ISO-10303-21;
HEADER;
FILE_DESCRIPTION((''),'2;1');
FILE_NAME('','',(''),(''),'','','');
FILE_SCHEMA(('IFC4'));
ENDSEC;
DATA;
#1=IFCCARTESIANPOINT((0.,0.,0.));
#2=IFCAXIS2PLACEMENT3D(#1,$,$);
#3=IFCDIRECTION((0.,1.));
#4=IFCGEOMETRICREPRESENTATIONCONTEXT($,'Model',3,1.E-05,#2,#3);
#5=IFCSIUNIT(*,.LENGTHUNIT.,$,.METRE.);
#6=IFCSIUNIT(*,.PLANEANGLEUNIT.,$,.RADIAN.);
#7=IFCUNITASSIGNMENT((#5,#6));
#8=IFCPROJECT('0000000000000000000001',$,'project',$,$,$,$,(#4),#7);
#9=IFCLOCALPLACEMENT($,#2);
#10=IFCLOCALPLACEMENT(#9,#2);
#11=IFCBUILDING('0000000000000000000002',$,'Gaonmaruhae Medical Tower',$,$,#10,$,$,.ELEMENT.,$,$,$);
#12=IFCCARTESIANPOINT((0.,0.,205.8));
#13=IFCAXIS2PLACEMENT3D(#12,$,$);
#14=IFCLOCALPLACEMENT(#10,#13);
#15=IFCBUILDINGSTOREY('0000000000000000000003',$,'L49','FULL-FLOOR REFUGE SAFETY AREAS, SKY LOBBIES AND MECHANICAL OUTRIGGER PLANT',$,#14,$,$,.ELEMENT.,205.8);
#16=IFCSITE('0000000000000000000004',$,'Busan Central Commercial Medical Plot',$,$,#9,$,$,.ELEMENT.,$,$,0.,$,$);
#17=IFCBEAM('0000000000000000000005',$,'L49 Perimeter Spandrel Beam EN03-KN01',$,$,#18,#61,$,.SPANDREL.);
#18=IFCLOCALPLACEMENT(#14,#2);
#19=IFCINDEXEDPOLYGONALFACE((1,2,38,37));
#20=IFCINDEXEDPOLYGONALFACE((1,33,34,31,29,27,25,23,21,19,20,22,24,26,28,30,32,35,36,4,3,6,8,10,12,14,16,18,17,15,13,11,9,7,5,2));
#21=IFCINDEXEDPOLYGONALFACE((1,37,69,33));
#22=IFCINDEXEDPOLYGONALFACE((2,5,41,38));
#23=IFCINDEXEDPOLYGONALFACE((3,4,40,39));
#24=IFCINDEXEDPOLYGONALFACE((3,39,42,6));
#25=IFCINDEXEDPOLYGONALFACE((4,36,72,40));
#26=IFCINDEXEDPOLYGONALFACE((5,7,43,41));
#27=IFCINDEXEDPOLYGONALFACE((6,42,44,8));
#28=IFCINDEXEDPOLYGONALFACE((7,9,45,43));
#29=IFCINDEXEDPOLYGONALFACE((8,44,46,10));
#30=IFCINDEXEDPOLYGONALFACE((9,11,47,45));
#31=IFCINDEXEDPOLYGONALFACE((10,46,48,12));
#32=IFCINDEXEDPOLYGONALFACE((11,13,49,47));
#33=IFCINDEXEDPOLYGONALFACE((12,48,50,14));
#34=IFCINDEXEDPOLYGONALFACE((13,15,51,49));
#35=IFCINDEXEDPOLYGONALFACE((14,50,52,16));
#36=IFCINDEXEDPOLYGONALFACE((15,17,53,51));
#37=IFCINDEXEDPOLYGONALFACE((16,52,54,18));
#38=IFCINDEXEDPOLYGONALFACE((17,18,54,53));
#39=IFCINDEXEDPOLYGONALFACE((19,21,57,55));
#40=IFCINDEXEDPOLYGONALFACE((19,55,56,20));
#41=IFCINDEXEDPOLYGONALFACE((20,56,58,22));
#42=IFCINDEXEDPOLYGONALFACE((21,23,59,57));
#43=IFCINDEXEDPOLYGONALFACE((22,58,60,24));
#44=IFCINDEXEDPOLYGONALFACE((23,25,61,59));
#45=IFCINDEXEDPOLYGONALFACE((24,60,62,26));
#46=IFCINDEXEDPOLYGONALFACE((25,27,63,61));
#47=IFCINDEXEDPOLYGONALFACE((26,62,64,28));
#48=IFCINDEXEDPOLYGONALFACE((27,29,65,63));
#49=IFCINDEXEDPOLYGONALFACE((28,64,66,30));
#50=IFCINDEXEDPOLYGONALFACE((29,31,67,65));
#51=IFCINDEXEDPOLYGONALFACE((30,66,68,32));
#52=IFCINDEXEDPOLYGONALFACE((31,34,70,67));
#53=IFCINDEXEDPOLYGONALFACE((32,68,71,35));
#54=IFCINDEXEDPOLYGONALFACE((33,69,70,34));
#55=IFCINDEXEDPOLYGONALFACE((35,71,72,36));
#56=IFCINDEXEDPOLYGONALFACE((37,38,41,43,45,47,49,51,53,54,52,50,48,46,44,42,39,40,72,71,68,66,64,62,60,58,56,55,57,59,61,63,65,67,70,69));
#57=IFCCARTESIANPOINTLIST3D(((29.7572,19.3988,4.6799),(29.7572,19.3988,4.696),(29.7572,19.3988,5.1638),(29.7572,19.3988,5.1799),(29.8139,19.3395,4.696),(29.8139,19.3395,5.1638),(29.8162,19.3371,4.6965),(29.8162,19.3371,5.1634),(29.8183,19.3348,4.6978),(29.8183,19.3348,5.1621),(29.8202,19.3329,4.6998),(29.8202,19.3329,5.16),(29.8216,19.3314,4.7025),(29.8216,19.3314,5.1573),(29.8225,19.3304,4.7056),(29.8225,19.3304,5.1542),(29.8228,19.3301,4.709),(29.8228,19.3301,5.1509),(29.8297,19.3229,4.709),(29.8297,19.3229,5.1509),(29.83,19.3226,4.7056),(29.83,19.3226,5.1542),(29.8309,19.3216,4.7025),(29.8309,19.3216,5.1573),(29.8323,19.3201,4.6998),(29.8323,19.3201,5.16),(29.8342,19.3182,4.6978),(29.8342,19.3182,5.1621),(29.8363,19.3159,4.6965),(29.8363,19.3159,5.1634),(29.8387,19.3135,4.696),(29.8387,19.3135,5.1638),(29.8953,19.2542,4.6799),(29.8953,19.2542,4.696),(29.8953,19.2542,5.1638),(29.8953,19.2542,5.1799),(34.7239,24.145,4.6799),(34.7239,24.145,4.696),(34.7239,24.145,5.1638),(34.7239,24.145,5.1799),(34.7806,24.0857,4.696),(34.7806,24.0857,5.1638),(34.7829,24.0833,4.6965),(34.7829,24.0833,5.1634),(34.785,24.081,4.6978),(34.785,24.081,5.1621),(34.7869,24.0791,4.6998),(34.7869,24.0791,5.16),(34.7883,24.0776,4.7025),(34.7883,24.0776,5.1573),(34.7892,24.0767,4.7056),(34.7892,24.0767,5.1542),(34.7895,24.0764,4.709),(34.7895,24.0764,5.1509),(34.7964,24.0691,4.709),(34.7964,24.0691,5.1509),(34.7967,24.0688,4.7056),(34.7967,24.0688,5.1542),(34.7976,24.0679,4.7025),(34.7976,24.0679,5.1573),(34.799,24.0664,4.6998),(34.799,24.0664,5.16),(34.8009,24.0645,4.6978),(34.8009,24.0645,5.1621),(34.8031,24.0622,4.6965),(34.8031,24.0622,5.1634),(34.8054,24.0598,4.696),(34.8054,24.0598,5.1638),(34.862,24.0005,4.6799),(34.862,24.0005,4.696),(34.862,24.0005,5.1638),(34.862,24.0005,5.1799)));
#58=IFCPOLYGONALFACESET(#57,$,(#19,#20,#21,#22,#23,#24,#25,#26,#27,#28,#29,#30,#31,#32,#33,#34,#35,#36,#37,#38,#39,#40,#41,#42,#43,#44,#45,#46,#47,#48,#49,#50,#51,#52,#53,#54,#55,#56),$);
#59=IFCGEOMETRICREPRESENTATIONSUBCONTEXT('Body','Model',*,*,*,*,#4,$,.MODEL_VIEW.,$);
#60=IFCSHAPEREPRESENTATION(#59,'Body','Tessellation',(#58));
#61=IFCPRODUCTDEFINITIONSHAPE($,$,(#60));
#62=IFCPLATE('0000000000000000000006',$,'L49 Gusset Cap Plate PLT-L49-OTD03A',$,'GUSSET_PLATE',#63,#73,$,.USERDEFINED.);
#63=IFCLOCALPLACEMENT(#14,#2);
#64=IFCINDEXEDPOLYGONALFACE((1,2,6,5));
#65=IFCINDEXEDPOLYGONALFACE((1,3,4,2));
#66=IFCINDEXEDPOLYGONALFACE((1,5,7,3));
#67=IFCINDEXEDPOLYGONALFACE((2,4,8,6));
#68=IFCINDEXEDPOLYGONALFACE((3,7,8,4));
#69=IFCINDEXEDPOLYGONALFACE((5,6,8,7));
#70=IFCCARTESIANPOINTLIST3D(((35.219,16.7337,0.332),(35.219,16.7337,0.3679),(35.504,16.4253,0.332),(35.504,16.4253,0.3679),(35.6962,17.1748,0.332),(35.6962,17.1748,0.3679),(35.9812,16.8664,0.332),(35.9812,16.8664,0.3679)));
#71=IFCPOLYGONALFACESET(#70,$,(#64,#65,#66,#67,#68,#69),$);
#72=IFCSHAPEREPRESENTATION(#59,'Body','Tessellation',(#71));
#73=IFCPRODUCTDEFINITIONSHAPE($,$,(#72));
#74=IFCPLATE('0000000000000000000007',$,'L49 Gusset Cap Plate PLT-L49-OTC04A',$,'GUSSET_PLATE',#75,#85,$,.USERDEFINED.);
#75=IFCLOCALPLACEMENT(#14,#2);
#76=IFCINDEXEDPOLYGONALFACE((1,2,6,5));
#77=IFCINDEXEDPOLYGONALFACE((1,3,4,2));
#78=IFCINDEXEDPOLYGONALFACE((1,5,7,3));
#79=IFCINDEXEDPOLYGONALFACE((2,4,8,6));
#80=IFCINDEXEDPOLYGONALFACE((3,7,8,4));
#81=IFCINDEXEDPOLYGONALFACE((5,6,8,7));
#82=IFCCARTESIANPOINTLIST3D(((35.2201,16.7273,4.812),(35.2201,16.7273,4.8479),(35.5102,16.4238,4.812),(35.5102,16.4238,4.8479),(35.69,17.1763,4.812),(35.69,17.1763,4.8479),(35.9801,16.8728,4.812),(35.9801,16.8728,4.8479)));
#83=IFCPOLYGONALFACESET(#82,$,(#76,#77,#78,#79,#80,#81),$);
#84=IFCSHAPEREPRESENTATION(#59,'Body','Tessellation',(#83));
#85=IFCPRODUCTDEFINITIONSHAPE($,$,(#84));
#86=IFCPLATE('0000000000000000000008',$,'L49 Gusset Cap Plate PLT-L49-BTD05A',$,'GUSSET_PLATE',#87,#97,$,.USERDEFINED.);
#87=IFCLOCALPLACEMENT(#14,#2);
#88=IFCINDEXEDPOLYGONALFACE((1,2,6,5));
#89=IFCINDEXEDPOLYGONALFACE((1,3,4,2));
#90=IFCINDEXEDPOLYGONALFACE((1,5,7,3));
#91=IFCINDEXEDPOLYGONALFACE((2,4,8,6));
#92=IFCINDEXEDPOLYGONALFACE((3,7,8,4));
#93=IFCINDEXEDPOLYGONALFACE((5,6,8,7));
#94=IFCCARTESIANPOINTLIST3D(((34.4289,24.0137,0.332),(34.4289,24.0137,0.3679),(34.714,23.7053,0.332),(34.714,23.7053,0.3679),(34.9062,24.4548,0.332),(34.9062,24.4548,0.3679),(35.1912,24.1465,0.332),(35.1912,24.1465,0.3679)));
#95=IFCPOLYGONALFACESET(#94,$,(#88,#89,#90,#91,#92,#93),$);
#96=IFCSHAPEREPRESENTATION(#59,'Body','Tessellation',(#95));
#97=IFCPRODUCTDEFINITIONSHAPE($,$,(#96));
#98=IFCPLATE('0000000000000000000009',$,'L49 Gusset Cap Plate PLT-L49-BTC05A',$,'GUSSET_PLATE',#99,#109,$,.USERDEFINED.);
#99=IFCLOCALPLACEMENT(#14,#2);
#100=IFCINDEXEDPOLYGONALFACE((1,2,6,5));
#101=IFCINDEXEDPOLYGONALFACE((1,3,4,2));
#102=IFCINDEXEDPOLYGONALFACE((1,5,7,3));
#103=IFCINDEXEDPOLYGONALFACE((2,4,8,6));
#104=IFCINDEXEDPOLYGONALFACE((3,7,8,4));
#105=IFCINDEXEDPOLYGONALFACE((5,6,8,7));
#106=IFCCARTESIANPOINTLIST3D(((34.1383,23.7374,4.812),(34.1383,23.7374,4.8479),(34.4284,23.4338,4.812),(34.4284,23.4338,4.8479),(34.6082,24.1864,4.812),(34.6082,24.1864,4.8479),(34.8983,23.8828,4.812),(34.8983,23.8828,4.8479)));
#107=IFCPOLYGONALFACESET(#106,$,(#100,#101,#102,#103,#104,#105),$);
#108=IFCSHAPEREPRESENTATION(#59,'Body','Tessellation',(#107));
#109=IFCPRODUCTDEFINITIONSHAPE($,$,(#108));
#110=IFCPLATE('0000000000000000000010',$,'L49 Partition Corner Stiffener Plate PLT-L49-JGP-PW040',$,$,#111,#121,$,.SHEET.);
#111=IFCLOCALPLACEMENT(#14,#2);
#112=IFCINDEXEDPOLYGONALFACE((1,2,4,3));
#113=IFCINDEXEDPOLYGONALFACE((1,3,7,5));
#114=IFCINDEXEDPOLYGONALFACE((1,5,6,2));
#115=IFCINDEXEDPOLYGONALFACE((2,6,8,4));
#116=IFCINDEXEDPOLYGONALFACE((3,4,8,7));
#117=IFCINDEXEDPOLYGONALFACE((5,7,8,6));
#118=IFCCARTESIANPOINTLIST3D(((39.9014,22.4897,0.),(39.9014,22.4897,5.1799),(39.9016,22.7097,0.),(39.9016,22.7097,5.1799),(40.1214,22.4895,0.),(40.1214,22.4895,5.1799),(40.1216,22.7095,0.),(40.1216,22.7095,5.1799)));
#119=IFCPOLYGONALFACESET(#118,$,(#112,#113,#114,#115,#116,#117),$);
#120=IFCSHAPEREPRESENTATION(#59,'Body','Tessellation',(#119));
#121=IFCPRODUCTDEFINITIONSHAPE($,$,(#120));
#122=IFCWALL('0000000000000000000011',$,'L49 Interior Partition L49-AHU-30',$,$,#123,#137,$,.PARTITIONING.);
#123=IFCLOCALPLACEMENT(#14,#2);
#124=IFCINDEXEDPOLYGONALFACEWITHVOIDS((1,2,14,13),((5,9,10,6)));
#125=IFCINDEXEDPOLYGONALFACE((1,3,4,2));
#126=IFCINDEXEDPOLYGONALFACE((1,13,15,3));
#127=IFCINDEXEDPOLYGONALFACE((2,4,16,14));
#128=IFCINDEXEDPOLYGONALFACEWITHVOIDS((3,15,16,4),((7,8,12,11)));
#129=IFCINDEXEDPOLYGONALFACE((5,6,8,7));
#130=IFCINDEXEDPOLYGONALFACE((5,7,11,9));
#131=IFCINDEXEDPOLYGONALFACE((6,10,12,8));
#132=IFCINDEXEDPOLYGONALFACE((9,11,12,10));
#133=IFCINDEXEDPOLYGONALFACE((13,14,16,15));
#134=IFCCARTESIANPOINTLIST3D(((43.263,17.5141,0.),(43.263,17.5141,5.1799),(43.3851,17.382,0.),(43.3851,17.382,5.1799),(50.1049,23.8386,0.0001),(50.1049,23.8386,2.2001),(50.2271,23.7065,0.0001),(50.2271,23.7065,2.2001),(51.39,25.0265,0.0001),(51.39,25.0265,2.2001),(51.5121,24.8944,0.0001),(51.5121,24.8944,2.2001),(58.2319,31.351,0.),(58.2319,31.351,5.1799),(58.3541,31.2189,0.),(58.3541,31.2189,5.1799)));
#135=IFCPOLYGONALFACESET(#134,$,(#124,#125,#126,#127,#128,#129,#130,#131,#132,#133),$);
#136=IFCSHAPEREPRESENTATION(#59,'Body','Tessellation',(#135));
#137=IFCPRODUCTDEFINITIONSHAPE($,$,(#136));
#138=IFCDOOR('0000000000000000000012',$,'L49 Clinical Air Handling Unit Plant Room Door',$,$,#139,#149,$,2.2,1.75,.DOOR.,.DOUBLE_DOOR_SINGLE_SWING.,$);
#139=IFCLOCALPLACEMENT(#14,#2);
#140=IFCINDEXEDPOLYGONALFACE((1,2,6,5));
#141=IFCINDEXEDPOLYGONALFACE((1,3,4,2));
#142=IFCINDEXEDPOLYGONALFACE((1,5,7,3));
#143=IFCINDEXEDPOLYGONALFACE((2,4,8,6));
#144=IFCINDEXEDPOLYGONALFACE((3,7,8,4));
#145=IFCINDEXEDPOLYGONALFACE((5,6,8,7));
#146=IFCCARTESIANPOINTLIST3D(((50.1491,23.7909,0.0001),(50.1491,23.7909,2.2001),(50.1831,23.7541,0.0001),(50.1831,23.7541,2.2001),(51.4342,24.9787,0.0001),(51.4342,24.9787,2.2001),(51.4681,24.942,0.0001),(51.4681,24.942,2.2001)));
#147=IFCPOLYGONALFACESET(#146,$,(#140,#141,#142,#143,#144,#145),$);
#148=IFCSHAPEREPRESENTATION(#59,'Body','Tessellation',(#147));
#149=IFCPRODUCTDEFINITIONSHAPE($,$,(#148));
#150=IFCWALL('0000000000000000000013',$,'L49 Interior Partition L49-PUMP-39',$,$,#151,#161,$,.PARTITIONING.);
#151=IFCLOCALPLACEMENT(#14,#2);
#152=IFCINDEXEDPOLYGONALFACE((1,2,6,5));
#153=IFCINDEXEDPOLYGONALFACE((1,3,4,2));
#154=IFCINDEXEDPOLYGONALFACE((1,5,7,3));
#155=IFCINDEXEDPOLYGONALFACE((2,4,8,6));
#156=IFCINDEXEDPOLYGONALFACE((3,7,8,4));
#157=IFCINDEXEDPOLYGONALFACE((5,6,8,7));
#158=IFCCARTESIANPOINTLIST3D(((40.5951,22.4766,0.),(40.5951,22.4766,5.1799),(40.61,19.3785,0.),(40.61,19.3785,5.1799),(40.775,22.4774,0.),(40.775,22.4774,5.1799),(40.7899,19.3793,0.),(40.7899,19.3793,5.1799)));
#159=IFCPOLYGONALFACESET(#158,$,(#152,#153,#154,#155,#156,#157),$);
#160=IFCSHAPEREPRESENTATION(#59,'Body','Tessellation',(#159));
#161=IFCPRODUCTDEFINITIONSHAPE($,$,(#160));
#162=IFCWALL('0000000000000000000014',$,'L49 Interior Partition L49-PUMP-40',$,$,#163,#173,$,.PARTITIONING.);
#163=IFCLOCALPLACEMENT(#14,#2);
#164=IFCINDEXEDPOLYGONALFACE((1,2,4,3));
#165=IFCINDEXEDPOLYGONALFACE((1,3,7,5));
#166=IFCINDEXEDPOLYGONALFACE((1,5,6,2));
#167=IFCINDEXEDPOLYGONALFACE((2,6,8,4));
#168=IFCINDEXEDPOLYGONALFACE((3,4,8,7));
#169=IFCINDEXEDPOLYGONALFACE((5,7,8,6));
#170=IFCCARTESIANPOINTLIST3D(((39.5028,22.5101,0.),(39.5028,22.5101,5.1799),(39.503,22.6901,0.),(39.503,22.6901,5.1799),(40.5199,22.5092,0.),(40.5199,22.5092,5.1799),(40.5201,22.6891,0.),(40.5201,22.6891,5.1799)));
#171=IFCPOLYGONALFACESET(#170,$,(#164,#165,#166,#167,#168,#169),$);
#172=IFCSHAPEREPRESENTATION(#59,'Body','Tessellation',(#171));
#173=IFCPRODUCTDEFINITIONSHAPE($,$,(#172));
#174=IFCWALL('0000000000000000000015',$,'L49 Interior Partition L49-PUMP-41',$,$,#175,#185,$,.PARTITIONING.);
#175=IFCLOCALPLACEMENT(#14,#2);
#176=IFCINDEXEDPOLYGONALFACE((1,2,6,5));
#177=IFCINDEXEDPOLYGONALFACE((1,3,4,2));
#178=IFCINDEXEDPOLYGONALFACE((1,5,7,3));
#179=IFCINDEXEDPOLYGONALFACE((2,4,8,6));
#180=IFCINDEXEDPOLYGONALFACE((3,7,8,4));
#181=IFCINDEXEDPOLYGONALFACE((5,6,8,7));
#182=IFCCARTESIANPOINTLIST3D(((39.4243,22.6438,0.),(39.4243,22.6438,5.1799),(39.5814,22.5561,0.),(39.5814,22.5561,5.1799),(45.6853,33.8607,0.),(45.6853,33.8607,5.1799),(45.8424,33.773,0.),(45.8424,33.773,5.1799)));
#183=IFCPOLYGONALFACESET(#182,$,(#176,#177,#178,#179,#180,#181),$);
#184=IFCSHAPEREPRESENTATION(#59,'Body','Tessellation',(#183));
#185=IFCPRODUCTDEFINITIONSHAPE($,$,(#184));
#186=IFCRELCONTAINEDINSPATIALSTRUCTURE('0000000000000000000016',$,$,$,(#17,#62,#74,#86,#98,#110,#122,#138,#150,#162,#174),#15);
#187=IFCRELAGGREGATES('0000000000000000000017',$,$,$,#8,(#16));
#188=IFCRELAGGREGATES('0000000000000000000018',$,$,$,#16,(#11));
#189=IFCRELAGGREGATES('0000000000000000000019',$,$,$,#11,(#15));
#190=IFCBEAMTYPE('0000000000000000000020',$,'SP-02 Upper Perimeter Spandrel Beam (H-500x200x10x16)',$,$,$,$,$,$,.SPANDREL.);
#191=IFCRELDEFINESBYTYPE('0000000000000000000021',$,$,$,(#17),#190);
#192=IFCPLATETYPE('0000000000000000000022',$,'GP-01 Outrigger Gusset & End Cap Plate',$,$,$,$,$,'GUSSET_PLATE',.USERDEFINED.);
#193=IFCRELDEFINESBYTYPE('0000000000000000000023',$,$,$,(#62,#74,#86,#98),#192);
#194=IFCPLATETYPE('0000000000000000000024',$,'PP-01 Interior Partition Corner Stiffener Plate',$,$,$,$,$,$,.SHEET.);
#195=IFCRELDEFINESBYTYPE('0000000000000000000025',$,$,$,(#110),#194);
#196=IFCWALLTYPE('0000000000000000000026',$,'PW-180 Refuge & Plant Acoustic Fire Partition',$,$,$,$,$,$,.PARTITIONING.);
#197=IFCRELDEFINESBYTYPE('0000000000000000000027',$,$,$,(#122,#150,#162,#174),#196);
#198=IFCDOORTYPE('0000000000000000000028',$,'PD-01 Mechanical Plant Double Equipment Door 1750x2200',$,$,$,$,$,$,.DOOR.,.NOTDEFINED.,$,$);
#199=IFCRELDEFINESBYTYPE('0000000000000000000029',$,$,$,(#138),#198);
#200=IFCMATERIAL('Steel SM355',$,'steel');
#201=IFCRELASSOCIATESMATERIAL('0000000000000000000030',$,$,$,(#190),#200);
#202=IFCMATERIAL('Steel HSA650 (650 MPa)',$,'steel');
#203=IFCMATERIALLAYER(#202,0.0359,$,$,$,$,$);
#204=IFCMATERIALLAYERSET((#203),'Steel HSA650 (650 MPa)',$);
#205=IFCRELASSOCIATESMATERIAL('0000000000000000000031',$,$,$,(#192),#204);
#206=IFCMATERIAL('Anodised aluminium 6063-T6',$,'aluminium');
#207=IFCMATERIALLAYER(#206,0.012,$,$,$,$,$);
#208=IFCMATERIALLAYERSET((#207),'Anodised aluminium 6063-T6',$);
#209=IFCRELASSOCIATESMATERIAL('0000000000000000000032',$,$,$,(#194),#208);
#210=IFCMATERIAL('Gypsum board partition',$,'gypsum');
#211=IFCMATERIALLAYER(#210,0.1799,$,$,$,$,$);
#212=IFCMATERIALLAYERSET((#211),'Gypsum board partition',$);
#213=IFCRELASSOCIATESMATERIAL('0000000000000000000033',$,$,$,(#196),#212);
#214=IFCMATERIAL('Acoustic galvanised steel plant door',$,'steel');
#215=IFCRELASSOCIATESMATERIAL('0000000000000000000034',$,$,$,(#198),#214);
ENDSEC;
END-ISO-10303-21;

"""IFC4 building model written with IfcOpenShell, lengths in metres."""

from ifc_helpers import new_model, si_unit, direction, frame, frame_2d, origin, origin_2d, place, context, subcontext, project, spatial, rectangle, i_section, extrude, material, layer, layer_set, material_profile, profile_set, type_object, element, fill, save


model = new_model("IFC4")

# Units and contexts
model_context = context("Model", 3, precision=1e-05, world=origin(), true_north=direction((0.0, 1.0)))
body_context = subcontext(model_context, "Body", "Model", "MODEL_VIEW")
ifc_project = project(units=[si_unit("LENGTHUNIT", "METRE"), si_unit("PLANEANGLEUNIT", "RADIAN")], contexts=[model_context])

# Site, building, storey
site_placement = place(None, origin())
site = spatial("IfcSite", under=ifc_project, at=site_placement, Name="Busan Central Commercial Medical Plot", CompositionType="ELEMENT", RefElevation=0.0)
building_placement = place(site_placement, origin())
building = spatial("IfcBuilding", under=site, at=building_placement, Name="Gaonmaruhae Medical Tower", CompositionType="ELEMENT")
storey_placement = place(building_placement, frame((0.0, 0.0, 205.8)))
storey = spatial("IfcBuildingStorey", under=building, at=storey_placement, Name="L49", Description="FULL-FLOOR REFUGE SAFETY AREAS, SKY LOBBIES AND MECHANICAL OUTRIGGER PLANT", CompositionType="ELEMENT", Elevation=205.8)

# Shared definitions
ifc_material_1 = material(Name="Steel HSA650 (650 MPa)", Category="steel")

# Beam
ifc_material_2 = material(Name="Steel SM355", Category="steel")
ifc_material_profile_1 = material_profile(ifc_material_2, i_section(OverallWidth=0.2, OverallDepth=0.5, WebThickness=0.01, FlangeThickness=0.0161, FilletRadius=0.0129, at=origin_2d()), Name="H-500x200x10x16")
ifc_profile_set_1 = profile_set([ifc_material_profile_1], Name="Steel SM355")
beam_type_1 = type_object("IfcBeamType", Name="SP-02 Upper Perimeter Spandrel Beam (H-500x200x10x16)", PredefinedType="SPANDREL", material=ifc_profile_set_1)
beam_1_placement = place(storey_placement, frame((34.793, 24.0728, 4.9299), z_axis=(-0.72297, -0.69088, 0.0), x_axis=(0.69088, -0.72297, 0.0)))
element("IfcBeam", 1, at=beam_1_placement, inside=storey, type_object=beam_type_1, Name="L49 Perimeter Spandrel Beam EN03-KN01", PredefinedType="SPANDREL", context=body_context, shape_type="SweptSolid", body=[
    extrude(i_section(OverallWidth=0.2, OverallDepth=0.5, WebThickness=0.01, FlangeThickness=0.0161, FilletRadius=0.0129, at=origin_2d()), origin(), (0.0, 0.0, 1.0), 6.8699),
])

# Plates
ifc_layer_1 = layer(ifc_material_1, 0.0359)
ifc_layer_set_1 = layer_set([ifc_layer_1], Name="Steel HSA650 (650 MPa)")
plate_type_1 = type_object("IfcPlateType", Name="GP-01 Outrigger Gusset & End Cap Plate", ElementType="GUSSET_PLATE", PredefinedType="USERDEFINED", material=ifc_layer_set_1)
for number, where, z_axis, x_axis, name in (
    (2, (35.6001, 16.8, 0.332), (0.0, 0.0, 1.0), (0.734323, 0.678801, 0.0), "L49 Gusset Cap Plate PLT-L49-OTD03A"),
    (3, (35.6001, 16.8, 4.812), (0.0, 0.0, 1.0), (0.722967, 0.690882, 0.0), "L49 Gusset Cap Plate PLT-L49-OTC04A"),
    (4, (34.8101, 24.0801, 0.332), (0.0, 0.0, 1.0), (0.734323, 0.678801, 0.0), "L49 Gusset Cap Plate PLT-L49-BTD05A"),
    (5, (34.5183, 23.8101, 4.812), (0.0, 0.0, 1.0), (0.722967, 0.690882, 0.0), "L49 Gusset Cap Plate PLT-L49-BTC05A"),
):
    element("IfcPlate", number, at=place(storey_placement, frame(where, z_axis=z_axis, x_axis=x_axis)), inside=storey, type_object=plate_type_1, Name=name, ObjectType="GUSSET_PLATE", PredefinedType="USERDEFINED", context=body_context, shape_type="SweptSolid", body=[
        extrude(rectangle(XDim=0.6499, YDim=0.4199, at=origin_2d()), origin(), (0.0, 0.0, 1.0), 0.0359),
    ])
ifc_material_3 = material(Name="Anodised aluminium 6063-T6", Category="aluminium")
ifc_layer_2 = layer(ifc_material_3, 0.012)
ifc_layer_set_2 = layer_set([ifc_layer_2], Name="Anodised aluminium 6063-T6")
plate_type_2 = type_object("IfcPlateType", Name="PP-01 Interior Partition Corner Stiffener Plate", PredefinedType="SHEET", material=ifc_layer_set_2)
plate_placement = place(storey_placement, frame((40.0115, 22.5996, 0.0), z_axis=(0.0, 0.0, 1.0), x_axis=(-1.0, 0.000977, 0.0)))
element("IfcPlate", 6, at=plate_placement, inside=storey, type_object=plate_type_2, Name="L49 Partition Corner Stiffener Plate PLT-L49-JGP-PW040", PredefinedType="SHEET", context=body_context, shape_type="SweptSolid", body=[
    extrude(rectangle(XDim=0.22, YDim=0.22, at=origin_2d()), origin(), (0.0, 0.0, 1.0), 5.1799),
])

# Wall, opening, door
ifc_material_4 = material(Name="Gypsum board partition", Category="gypsum")
ifc_layer_3 = layer(ifc_material_4, 0.1799)
ifc_layer_set_3 = layer_set([ifc_layer_3], Name="Gypsum board partition")
wall_type = type_object("IfcWallType", Name="PW-180 Refuge & Plant Acoustic Fire Partition", PredefinedType="PARTITIONING", material=ifc_layer_set_3)
wall_1_placement = place(storey_placement, frame((43.324, 17.448, 0.0), z_axis=(0.0, 0.0, 1.0), x_axis=(0.734329, 0.678793, 0.0)))
wall_1 = element("IfcWall", 7, at=wall_1_placement, inside=storey, type_object=wall_type, Name="L49 Interior Partition L49-AHU-30", PredefinedType="PARTITIONING", context=body_context, shape_type="SweptSolid", body=[
    extrude(rectangle(XDim=20.3845, YDim=0.1799, at=frame_2d((10.1924, 0.0))), origin(), (0.0, 0.0, 1.0), 5.1799),
])
opening_placement = place(wall_1_placement, frame((9.3174, 0.0, 0.0)))
opening = element("IfcOpeningElement", 8, at=opening_placement, cuts=wall_1, PredefinedType="OPENING", context=body_context, shape_type="SweptSolid", body=[
    extrude(rectangle(XDim=1.75, YDim=2.2, at=frame_2d((0.875, 1.1001))), frame((0.0, 0.1001, 0.0), z_axis=(0.0, -1.0, 0.0), x_axis=(1.0, 0.0, 0.0)), (0.0, 0.0, 1.0), 0.2),
])
ifc_material_5 = material(Name="Acoustic galvanised steel plant door", Category="steel")
door_type = type_object("IfcDoorType", Name="PD-01 Mechanical Plant Double Equipment Door 1750x2200", OperationType="NOTDEFINED", PredefinedType="DOOR", material=ifc_material_5)
door_placement = place(opening_placement, origin())
door = element("IfcDoor", 9, at=door_placement, inside=storey, type_object=door_type, Name="L49 Clinical Air Handling Unit Plant Room Door", OperationType="DOUBLE_DOOR_SINGLE_SWING", OverallHeight=2.2, OverallWidth=1.75, PredefinedType="DOOR", context=body_context, shape_type="SweptSolid", body=[
    extrude(rectangle(XDim=1.75, YDim=2.2, at=frame_2d((0.875, 1.1001))), frame((0.0, 0.0249, 0.0), z_axis=(0.0, -1.0, 0.0), x_axis=(1.0, 0.0, 0.0)), (0.0, 0.0, 1.0), 0.05),
])
fill(opening, door)

# Walls
wall_2_placement = place(storey_placement, frame((40.7, 19.3789, 0.0), z_axis=(0.0, 0.0, 1.0), x_axis=(-0.004807, 0.999988, 0.0)))
element("IfcWall", 10, at=wall_2_placement, inside=storey, type_object=wall_type, Name="L49 Interior Partition L49-PUMP-39", PredefinedType="PARTITIONING", context=body_context, shape_type="SweptSolid", body=[
    extrude(rectangle(XDim=3.0981, YDim=0.1799, at=frame_2d((1.5491, 0.0))), origin(), (0.0, 0.0, 1.0), 5.1799),
])
wall_3_placement = place(storey_placement, frame((40.52, 22.5991, 0.0), z_axis=(0.0, 0.0, 1.0), x_axis=(-1.0, 0.00096, 0.0)))
element("IfcWall", 11, at=wall_3_placement, inside=storey, type_object=wall_type, Name="L49 Interior Partition L49-PUMP-40", PredefinedType="PARTITIONING", context=body_context, shape_type="SweptSolid", body=[
    extrude(rectangle(XDim=1.0171, YDim=0.1799, at=frame_2d((0.5085, 0.0))), origin(), (0.0, 0.0, 1.0), 5.1799),
])
wall_4_placement = place(storey_placement, frame((39.5029, 22.6001, 0.0), z_axis=(0.0, 0.0, 1.0), x_axis=(0.487393, 0.873183, 0.0)))
element("IfcWall", 12, at=wall_4_placement, inside=storey, type_object=wall_type, Name="L49 Interior Partition L49-PUMP-41", PredefinedType="PARTITIONING", context=body_context, shape_type="SweptSolid", body=[
    extrude(rectangle(XDim=12.8459, YDim=0.1799, at=frame_2d((6.4229, 0.0))), origin(), (0.0, 0.0, 1.0), 5.1799),
])

save(model, "model.ifc")
